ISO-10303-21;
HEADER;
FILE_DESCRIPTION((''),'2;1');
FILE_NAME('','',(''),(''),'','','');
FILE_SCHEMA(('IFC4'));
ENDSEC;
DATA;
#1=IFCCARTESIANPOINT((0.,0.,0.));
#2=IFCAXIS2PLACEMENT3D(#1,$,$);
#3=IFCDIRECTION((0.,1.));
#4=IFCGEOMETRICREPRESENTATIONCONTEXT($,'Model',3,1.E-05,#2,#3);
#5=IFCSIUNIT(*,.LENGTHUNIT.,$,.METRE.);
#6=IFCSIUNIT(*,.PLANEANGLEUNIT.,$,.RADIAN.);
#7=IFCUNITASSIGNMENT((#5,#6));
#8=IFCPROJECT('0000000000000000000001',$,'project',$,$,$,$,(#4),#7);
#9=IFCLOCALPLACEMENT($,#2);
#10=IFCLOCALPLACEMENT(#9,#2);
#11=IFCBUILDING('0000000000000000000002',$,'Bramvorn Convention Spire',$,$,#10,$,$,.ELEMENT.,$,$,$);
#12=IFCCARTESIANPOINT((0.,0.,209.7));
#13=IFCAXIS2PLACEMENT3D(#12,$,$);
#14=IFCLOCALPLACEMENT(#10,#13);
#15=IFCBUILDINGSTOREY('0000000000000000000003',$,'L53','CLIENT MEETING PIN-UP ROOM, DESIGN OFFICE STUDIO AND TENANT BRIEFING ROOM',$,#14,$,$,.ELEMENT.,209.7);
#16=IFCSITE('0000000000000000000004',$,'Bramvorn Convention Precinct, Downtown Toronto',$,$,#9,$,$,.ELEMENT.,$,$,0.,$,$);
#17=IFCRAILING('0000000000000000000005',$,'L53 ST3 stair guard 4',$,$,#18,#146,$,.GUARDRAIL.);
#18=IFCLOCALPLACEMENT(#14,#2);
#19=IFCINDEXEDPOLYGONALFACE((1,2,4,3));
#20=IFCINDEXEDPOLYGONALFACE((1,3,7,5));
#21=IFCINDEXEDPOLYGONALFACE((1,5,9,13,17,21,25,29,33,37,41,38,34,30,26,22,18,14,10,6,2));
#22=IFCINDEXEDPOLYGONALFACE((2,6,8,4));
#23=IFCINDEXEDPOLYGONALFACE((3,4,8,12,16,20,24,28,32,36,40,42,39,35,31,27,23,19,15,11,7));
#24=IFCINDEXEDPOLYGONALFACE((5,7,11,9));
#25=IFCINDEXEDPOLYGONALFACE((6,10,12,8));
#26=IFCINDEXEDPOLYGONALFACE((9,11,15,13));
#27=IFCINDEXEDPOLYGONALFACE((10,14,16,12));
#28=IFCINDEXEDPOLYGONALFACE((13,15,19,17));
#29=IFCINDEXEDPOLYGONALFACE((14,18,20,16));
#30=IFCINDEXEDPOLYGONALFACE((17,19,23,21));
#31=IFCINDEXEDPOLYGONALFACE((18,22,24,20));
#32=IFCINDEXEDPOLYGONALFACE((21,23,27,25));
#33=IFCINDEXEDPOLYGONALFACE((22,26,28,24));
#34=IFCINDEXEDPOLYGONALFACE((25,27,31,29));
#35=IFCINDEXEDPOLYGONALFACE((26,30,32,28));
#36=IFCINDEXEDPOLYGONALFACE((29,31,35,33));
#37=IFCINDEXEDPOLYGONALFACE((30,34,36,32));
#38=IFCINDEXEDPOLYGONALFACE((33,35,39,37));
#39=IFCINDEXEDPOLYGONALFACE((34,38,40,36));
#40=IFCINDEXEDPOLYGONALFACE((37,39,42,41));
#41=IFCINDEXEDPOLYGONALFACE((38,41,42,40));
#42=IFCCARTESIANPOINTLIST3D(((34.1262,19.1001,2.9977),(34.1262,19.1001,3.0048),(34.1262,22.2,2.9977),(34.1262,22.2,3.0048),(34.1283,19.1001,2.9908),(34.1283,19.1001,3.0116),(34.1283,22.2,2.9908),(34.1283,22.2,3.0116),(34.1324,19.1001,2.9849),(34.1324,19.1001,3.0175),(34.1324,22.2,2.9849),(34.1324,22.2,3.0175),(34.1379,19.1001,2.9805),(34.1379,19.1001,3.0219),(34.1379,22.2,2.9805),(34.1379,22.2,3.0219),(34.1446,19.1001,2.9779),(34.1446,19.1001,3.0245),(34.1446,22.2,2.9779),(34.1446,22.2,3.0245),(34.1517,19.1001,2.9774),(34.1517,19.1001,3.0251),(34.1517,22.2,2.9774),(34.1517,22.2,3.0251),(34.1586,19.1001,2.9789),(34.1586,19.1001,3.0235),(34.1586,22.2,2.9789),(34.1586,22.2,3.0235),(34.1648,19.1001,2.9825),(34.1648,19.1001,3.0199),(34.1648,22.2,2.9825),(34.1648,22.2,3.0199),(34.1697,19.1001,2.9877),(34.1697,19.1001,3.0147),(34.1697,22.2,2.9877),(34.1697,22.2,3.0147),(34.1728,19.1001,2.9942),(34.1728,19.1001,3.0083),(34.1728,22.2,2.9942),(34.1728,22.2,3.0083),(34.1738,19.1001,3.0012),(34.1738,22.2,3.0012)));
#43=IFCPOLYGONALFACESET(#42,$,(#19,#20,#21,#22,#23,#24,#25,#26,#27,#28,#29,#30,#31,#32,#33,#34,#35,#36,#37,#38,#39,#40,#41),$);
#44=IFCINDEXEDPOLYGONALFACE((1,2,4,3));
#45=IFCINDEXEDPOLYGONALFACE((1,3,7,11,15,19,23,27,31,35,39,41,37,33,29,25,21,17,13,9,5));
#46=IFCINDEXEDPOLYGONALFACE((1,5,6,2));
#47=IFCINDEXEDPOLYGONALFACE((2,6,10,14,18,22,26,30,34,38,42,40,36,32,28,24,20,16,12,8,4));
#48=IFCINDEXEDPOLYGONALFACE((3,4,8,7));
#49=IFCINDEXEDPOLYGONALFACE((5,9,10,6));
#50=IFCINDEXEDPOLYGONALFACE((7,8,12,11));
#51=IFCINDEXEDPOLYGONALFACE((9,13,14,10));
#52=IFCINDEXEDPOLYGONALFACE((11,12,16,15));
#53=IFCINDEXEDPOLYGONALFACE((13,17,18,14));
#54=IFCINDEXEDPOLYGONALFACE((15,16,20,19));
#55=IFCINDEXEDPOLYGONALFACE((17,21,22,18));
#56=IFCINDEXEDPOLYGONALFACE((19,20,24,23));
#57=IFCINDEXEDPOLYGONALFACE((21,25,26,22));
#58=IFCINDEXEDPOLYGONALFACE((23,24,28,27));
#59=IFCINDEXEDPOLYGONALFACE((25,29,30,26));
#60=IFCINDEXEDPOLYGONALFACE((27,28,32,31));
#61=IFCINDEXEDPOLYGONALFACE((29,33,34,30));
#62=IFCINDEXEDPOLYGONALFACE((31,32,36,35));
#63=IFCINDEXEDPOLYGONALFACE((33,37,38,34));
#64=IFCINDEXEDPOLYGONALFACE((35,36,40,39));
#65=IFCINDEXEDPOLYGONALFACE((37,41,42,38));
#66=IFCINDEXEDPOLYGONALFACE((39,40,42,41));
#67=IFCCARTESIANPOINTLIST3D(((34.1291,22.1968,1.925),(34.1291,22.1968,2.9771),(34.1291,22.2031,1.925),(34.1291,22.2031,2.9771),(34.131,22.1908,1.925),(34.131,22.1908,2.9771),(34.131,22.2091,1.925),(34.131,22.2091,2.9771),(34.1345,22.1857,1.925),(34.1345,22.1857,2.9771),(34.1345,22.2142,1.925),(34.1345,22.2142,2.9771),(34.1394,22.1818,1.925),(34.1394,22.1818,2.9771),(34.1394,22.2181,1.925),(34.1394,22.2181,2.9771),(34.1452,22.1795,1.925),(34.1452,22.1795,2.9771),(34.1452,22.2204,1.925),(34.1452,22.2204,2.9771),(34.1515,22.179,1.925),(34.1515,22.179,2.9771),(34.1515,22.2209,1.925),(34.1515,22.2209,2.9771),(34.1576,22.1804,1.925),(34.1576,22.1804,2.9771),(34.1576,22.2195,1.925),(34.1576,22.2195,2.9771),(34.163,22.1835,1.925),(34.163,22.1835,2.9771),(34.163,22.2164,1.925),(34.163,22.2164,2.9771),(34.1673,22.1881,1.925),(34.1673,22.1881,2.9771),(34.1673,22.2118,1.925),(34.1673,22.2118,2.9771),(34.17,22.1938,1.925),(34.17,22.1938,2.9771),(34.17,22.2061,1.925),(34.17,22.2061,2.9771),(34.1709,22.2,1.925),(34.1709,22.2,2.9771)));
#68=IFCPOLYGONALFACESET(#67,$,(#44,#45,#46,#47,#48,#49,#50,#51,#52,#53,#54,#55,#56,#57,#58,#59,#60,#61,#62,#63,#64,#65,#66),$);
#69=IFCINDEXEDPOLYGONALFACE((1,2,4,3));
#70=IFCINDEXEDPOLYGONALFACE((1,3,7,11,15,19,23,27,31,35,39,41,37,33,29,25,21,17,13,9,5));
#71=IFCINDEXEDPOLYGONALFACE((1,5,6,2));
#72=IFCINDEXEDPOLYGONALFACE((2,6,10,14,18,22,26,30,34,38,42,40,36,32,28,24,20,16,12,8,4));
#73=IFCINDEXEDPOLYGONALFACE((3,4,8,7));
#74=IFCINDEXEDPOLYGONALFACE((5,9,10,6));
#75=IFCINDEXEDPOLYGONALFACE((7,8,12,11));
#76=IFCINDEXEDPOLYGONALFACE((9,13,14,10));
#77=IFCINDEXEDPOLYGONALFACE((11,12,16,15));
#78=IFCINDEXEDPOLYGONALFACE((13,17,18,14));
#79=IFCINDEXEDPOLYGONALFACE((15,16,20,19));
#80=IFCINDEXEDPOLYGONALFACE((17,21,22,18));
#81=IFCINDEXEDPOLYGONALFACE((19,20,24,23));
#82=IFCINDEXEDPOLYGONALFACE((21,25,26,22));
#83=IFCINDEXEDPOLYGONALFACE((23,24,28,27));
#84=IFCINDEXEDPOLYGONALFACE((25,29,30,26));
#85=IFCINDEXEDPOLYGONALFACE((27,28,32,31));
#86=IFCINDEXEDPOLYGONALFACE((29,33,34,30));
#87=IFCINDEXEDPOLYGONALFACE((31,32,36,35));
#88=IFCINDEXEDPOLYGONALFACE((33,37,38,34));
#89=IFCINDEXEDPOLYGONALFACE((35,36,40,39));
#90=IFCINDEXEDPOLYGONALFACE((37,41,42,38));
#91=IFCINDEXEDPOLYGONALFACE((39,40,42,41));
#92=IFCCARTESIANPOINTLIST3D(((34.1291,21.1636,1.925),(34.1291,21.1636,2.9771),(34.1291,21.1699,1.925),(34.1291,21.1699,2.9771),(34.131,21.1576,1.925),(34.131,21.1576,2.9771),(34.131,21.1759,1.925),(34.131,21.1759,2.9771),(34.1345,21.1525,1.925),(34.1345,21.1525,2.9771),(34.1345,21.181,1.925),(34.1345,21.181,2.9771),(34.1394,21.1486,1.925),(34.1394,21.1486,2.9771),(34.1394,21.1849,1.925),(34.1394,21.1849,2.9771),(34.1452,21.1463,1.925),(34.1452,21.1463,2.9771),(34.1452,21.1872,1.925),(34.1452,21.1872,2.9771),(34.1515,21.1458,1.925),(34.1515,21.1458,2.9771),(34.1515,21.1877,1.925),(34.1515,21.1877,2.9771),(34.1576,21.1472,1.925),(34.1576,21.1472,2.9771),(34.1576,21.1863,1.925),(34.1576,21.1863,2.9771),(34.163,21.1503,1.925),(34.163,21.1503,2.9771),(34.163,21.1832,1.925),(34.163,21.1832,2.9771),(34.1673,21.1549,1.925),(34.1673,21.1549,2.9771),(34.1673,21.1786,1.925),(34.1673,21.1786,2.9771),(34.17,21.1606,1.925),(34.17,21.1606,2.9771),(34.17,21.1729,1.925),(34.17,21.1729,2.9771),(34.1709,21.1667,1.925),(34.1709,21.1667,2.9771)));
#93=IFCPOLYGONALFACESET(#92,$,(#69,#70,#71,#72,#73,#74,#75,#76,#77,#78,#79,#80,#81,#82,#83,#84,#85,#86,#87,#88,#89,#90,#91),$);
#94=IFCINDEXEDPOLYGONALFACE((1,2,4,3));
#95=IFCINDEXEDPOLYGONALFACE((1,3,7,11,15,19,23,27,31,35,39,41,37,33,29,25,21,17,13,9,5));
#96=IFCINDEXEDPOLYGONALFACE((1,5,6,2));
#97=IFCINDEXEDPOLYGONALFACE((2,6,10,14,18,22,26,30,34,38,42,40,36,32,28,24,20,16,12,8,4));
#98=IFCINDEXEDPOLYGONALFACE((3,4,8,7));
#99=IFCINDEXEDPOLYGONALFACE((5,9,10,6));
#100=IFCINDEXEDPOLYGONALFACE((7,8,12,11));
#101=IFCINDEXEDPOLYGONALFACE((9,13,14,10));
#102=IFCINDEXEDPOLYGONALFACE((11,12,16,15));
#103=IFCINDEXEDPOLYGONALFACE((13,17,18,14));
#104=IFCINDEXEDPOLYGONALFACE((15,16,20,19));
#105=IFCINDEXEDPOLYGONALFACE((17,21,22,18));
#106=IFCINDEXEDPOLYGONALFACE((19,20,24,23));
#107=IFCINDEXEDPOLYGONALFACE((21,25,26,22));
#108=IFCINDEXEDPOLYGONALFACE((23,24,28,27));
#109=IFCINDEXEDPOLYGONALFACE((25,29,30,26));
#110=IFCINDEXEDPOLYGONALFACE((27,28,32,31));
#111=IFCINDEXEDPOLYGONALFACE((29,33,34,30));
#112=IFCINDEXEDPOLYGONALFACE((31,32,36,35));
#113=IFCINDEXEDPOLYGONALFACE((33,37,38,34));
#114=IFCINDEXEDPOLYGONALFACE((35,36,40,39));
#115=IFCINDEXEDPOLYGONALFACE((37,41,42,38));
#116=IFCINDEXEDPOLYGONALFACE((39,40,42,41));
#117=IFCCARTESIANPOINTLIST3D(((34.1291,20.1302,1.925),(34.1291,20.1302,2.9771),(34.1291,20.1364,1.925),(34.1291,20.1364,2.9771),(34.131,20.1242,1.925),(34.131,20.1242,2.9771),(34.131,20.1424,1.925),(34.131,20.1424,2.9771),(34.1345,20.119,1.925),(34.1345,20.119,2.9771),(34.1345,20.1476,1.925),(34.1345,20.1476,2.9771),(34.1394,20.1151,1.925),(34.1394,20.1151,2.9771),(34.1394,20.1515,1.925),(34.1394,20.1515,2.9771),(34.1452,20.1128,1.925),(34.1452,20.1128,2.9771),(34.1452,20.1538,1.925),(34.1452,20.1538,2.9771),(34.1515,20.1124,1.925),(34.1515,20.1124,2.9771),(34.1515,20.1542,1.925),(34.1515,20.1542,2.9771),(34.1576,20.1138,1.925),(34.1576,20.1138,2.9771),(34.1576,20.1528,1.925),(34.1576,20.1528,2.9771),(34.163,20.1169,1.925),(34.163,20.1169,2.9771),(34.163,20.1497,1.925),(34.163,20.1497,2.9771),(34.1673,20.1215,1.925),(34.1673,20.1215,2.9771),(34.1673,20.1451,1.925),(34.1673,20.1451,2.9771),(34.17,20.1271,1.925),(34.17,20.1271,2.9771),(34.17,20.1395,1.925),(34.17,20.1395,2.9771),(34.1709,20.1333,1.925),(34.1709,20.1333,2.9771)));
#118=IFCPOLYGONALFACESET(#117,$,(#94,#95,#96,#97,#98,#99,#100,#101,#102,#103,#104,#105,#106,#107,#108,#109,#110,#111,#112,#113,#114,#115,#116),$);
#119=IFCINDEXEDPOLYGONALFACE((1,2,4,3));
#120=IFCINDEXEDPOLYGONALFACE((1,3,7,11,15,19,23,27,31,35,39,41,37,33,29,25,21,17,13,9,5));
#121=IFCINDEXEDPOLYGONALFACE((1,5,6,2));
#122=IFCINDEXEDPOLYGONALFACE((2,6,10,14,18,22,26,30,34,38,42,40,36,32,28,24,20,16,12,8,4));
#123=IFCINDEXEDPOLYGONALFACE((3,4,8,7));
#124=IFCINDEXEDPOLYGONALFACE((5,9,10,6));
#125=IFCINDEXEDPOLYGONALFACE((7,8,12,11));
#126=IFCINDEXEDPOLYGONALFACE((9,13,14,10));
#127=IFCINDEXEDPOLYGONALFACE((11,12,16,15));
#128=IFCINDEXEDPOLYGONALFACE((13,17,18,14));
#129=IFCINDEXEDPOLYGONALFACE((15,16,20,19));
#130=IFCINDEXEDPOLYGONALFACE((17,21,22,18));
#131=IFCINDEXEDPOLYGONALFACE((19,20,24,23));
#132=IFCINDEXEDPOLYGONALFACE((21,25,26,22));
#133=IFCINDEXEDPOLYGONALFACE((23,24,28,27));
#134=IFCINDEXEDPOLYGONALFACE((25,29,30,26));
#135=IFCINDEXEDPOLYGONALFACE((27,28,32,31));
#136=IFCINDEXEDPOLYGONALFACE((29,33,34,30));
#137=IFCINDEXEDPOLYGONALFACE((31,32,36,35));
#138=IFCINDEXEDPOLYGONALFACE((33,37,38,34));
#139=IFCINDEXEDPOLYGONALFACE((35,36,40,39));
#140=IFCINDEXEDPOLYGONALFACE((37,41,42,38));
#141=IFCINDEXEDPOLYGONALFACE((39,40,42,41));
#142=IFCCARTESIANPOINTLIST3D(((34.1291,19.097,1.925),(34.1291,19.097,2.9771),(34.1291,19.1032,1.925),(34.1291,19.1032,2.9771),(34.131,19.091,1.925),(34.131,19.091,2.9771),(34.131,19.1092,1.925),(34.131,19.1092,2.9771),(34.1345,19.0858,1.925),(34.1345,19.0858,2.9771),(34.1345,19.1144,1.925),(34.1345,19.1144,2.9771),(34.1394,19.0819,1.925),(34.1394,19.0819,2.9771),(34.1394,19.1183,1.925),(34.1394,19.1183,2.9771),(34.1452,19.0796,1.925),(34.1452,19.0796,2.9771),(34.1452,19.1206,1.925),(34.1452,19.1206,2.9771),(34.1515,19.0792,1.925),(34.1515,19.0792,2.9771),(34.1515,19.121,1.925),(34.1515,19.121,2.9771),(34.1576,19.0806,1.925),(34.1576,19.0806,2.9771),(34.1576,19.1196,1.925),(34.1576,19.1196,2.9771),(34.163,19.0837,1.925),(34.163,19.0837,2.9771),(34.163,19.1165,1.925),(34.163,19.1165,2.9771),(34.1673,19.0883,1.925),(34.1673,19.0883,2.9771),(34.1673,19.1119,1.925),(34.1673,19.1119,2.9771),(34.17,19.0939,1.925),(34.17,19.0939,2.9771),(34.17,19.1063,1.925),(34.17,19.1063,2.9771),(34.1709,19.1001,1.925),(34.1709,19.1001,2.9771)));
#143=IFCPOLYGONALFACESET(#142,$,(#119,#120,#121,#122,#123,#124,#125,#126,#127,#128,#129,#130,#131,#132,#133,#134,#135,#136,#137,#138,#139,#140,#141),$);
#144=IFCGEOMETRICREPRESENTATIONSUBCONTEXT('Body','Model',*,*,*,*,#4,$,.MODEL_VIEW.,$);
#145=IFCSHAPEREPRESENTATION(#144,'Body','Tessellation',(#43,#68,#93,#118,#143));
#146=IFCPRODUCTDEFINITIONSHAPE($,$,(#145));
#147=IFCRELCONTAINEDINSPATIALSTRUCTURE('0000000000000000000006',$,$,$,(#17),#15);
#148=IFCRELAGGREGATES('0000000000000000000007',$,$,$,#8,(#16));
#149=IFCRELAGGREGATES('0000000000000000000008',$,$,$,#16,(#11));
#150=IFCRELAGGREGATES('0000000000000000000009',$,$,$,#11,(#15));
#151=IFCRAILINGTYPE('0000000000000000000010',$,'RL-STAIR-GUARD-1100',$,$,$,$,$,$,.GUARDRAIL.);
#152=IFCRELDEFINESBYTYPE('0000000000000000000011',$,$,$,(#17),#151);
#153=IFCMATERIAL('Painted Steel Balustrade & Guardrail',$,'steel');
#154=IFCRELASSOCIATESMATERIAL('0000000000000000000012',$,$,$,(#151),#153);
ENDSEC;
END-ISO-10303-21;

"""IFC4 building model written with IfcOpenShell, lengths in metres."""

from ifc_helpers import new_model, si_unit, direction, frame, origin, origin_2d, place, context, subcontext, project, spatial, circle, extrude, material, type_object, element, save


model = new_model("IFC4")

# Units and contexts
model_context = context("Model", 3, precision=1e-05, world=origin(), true_north=direction((0.0, 1.0)))
body_context = subcontext(model_context, "Body", "Model", "MODEL_VIEW")
ifc_project = project(units=[si_unit("LENGTHUNIT", "METRE"), si_unit("PLANEANGLEUNIT", "RADIAN")], contexts=[model_context])

# Site, building, storey
site_placement = place(None, origin())
site = spatial("IfcSite", under=ifc_project, at=site_placement, Name="Bramvorn Convention Precinct, Downtown Toronto", CompositionType="ELEMENT", RefElevation=0.0)
building_placement = place(site_placement, origin())
building = spatial("IfcBuilding", under=site, at=building_placement, Name="Bramvorn Convention Spire", CompositionType="ELEMENT")
storey_placement = place(building_placement, frame((0.0, 0.0, 209.7)))
storey = spatial("IfcBuildingStorey", under=building, at=storey_placement, Name="L53", Description="CLIENT MEETING PIN-UP ROOM, DESIGN OFFICE STUDIO AND TENANT BRIEFING ROOM", CompositionType="ELEMENT", Elevation=209.7)

# Railing
ifc_material_1 = material(Name="Painted Steel Balustrade & Guardrail", Category="steel")
railing_type_1 = type_object("IfcRailingType", Name="RL-STAIR-GUARD-1100", PredefinedType="GUARDRAIL", material=ifc_material_1)
railing_1_placement = place(storey_placement, frame((34.1499, 22.2, 1.925)))
element("IfcRailing", 1, at=railing_1_placement, inside=storey, type_object=railing_type_1, Name="L53 ST3 stair guard 4", PredefinedType="GUARDRAIL", context=body_context, shape_type="SweptSolid", body=[
    extrude(circle(Radius=0.0239, at=origin_2d()), frame((0.0, 0.0, 1.0762), z_axis=(0.0, -1.0, 0.0), x_axis=(1.0, 0.0, 0.0)), (0.0, 0.0, 1.0), 3.0999),
    extrude(circle(Radius=0.021, at=origin_2d()), origin(), (0.0, 0.0, 1.0), 1.052),
    extrude(circle(Radius=0.021, at=origin_2d()), frame((0.0, -1.0332, 0.0)), (0.0, 0.0, 1.0), 1.052),
    extrude(circle(Radius=0.021, at=origin_2d()), frame((0.0, -2.0667, 0.0)), (0.0, 0.0, 1.0), 1.052),
    extrude(circle(Radius=0.021, at=origin_2d()), frame((0.0, -3.0999, 0.0)), (0.0, 0.0, 1.0), 1.052),
])

save(model, "model.ifc")
